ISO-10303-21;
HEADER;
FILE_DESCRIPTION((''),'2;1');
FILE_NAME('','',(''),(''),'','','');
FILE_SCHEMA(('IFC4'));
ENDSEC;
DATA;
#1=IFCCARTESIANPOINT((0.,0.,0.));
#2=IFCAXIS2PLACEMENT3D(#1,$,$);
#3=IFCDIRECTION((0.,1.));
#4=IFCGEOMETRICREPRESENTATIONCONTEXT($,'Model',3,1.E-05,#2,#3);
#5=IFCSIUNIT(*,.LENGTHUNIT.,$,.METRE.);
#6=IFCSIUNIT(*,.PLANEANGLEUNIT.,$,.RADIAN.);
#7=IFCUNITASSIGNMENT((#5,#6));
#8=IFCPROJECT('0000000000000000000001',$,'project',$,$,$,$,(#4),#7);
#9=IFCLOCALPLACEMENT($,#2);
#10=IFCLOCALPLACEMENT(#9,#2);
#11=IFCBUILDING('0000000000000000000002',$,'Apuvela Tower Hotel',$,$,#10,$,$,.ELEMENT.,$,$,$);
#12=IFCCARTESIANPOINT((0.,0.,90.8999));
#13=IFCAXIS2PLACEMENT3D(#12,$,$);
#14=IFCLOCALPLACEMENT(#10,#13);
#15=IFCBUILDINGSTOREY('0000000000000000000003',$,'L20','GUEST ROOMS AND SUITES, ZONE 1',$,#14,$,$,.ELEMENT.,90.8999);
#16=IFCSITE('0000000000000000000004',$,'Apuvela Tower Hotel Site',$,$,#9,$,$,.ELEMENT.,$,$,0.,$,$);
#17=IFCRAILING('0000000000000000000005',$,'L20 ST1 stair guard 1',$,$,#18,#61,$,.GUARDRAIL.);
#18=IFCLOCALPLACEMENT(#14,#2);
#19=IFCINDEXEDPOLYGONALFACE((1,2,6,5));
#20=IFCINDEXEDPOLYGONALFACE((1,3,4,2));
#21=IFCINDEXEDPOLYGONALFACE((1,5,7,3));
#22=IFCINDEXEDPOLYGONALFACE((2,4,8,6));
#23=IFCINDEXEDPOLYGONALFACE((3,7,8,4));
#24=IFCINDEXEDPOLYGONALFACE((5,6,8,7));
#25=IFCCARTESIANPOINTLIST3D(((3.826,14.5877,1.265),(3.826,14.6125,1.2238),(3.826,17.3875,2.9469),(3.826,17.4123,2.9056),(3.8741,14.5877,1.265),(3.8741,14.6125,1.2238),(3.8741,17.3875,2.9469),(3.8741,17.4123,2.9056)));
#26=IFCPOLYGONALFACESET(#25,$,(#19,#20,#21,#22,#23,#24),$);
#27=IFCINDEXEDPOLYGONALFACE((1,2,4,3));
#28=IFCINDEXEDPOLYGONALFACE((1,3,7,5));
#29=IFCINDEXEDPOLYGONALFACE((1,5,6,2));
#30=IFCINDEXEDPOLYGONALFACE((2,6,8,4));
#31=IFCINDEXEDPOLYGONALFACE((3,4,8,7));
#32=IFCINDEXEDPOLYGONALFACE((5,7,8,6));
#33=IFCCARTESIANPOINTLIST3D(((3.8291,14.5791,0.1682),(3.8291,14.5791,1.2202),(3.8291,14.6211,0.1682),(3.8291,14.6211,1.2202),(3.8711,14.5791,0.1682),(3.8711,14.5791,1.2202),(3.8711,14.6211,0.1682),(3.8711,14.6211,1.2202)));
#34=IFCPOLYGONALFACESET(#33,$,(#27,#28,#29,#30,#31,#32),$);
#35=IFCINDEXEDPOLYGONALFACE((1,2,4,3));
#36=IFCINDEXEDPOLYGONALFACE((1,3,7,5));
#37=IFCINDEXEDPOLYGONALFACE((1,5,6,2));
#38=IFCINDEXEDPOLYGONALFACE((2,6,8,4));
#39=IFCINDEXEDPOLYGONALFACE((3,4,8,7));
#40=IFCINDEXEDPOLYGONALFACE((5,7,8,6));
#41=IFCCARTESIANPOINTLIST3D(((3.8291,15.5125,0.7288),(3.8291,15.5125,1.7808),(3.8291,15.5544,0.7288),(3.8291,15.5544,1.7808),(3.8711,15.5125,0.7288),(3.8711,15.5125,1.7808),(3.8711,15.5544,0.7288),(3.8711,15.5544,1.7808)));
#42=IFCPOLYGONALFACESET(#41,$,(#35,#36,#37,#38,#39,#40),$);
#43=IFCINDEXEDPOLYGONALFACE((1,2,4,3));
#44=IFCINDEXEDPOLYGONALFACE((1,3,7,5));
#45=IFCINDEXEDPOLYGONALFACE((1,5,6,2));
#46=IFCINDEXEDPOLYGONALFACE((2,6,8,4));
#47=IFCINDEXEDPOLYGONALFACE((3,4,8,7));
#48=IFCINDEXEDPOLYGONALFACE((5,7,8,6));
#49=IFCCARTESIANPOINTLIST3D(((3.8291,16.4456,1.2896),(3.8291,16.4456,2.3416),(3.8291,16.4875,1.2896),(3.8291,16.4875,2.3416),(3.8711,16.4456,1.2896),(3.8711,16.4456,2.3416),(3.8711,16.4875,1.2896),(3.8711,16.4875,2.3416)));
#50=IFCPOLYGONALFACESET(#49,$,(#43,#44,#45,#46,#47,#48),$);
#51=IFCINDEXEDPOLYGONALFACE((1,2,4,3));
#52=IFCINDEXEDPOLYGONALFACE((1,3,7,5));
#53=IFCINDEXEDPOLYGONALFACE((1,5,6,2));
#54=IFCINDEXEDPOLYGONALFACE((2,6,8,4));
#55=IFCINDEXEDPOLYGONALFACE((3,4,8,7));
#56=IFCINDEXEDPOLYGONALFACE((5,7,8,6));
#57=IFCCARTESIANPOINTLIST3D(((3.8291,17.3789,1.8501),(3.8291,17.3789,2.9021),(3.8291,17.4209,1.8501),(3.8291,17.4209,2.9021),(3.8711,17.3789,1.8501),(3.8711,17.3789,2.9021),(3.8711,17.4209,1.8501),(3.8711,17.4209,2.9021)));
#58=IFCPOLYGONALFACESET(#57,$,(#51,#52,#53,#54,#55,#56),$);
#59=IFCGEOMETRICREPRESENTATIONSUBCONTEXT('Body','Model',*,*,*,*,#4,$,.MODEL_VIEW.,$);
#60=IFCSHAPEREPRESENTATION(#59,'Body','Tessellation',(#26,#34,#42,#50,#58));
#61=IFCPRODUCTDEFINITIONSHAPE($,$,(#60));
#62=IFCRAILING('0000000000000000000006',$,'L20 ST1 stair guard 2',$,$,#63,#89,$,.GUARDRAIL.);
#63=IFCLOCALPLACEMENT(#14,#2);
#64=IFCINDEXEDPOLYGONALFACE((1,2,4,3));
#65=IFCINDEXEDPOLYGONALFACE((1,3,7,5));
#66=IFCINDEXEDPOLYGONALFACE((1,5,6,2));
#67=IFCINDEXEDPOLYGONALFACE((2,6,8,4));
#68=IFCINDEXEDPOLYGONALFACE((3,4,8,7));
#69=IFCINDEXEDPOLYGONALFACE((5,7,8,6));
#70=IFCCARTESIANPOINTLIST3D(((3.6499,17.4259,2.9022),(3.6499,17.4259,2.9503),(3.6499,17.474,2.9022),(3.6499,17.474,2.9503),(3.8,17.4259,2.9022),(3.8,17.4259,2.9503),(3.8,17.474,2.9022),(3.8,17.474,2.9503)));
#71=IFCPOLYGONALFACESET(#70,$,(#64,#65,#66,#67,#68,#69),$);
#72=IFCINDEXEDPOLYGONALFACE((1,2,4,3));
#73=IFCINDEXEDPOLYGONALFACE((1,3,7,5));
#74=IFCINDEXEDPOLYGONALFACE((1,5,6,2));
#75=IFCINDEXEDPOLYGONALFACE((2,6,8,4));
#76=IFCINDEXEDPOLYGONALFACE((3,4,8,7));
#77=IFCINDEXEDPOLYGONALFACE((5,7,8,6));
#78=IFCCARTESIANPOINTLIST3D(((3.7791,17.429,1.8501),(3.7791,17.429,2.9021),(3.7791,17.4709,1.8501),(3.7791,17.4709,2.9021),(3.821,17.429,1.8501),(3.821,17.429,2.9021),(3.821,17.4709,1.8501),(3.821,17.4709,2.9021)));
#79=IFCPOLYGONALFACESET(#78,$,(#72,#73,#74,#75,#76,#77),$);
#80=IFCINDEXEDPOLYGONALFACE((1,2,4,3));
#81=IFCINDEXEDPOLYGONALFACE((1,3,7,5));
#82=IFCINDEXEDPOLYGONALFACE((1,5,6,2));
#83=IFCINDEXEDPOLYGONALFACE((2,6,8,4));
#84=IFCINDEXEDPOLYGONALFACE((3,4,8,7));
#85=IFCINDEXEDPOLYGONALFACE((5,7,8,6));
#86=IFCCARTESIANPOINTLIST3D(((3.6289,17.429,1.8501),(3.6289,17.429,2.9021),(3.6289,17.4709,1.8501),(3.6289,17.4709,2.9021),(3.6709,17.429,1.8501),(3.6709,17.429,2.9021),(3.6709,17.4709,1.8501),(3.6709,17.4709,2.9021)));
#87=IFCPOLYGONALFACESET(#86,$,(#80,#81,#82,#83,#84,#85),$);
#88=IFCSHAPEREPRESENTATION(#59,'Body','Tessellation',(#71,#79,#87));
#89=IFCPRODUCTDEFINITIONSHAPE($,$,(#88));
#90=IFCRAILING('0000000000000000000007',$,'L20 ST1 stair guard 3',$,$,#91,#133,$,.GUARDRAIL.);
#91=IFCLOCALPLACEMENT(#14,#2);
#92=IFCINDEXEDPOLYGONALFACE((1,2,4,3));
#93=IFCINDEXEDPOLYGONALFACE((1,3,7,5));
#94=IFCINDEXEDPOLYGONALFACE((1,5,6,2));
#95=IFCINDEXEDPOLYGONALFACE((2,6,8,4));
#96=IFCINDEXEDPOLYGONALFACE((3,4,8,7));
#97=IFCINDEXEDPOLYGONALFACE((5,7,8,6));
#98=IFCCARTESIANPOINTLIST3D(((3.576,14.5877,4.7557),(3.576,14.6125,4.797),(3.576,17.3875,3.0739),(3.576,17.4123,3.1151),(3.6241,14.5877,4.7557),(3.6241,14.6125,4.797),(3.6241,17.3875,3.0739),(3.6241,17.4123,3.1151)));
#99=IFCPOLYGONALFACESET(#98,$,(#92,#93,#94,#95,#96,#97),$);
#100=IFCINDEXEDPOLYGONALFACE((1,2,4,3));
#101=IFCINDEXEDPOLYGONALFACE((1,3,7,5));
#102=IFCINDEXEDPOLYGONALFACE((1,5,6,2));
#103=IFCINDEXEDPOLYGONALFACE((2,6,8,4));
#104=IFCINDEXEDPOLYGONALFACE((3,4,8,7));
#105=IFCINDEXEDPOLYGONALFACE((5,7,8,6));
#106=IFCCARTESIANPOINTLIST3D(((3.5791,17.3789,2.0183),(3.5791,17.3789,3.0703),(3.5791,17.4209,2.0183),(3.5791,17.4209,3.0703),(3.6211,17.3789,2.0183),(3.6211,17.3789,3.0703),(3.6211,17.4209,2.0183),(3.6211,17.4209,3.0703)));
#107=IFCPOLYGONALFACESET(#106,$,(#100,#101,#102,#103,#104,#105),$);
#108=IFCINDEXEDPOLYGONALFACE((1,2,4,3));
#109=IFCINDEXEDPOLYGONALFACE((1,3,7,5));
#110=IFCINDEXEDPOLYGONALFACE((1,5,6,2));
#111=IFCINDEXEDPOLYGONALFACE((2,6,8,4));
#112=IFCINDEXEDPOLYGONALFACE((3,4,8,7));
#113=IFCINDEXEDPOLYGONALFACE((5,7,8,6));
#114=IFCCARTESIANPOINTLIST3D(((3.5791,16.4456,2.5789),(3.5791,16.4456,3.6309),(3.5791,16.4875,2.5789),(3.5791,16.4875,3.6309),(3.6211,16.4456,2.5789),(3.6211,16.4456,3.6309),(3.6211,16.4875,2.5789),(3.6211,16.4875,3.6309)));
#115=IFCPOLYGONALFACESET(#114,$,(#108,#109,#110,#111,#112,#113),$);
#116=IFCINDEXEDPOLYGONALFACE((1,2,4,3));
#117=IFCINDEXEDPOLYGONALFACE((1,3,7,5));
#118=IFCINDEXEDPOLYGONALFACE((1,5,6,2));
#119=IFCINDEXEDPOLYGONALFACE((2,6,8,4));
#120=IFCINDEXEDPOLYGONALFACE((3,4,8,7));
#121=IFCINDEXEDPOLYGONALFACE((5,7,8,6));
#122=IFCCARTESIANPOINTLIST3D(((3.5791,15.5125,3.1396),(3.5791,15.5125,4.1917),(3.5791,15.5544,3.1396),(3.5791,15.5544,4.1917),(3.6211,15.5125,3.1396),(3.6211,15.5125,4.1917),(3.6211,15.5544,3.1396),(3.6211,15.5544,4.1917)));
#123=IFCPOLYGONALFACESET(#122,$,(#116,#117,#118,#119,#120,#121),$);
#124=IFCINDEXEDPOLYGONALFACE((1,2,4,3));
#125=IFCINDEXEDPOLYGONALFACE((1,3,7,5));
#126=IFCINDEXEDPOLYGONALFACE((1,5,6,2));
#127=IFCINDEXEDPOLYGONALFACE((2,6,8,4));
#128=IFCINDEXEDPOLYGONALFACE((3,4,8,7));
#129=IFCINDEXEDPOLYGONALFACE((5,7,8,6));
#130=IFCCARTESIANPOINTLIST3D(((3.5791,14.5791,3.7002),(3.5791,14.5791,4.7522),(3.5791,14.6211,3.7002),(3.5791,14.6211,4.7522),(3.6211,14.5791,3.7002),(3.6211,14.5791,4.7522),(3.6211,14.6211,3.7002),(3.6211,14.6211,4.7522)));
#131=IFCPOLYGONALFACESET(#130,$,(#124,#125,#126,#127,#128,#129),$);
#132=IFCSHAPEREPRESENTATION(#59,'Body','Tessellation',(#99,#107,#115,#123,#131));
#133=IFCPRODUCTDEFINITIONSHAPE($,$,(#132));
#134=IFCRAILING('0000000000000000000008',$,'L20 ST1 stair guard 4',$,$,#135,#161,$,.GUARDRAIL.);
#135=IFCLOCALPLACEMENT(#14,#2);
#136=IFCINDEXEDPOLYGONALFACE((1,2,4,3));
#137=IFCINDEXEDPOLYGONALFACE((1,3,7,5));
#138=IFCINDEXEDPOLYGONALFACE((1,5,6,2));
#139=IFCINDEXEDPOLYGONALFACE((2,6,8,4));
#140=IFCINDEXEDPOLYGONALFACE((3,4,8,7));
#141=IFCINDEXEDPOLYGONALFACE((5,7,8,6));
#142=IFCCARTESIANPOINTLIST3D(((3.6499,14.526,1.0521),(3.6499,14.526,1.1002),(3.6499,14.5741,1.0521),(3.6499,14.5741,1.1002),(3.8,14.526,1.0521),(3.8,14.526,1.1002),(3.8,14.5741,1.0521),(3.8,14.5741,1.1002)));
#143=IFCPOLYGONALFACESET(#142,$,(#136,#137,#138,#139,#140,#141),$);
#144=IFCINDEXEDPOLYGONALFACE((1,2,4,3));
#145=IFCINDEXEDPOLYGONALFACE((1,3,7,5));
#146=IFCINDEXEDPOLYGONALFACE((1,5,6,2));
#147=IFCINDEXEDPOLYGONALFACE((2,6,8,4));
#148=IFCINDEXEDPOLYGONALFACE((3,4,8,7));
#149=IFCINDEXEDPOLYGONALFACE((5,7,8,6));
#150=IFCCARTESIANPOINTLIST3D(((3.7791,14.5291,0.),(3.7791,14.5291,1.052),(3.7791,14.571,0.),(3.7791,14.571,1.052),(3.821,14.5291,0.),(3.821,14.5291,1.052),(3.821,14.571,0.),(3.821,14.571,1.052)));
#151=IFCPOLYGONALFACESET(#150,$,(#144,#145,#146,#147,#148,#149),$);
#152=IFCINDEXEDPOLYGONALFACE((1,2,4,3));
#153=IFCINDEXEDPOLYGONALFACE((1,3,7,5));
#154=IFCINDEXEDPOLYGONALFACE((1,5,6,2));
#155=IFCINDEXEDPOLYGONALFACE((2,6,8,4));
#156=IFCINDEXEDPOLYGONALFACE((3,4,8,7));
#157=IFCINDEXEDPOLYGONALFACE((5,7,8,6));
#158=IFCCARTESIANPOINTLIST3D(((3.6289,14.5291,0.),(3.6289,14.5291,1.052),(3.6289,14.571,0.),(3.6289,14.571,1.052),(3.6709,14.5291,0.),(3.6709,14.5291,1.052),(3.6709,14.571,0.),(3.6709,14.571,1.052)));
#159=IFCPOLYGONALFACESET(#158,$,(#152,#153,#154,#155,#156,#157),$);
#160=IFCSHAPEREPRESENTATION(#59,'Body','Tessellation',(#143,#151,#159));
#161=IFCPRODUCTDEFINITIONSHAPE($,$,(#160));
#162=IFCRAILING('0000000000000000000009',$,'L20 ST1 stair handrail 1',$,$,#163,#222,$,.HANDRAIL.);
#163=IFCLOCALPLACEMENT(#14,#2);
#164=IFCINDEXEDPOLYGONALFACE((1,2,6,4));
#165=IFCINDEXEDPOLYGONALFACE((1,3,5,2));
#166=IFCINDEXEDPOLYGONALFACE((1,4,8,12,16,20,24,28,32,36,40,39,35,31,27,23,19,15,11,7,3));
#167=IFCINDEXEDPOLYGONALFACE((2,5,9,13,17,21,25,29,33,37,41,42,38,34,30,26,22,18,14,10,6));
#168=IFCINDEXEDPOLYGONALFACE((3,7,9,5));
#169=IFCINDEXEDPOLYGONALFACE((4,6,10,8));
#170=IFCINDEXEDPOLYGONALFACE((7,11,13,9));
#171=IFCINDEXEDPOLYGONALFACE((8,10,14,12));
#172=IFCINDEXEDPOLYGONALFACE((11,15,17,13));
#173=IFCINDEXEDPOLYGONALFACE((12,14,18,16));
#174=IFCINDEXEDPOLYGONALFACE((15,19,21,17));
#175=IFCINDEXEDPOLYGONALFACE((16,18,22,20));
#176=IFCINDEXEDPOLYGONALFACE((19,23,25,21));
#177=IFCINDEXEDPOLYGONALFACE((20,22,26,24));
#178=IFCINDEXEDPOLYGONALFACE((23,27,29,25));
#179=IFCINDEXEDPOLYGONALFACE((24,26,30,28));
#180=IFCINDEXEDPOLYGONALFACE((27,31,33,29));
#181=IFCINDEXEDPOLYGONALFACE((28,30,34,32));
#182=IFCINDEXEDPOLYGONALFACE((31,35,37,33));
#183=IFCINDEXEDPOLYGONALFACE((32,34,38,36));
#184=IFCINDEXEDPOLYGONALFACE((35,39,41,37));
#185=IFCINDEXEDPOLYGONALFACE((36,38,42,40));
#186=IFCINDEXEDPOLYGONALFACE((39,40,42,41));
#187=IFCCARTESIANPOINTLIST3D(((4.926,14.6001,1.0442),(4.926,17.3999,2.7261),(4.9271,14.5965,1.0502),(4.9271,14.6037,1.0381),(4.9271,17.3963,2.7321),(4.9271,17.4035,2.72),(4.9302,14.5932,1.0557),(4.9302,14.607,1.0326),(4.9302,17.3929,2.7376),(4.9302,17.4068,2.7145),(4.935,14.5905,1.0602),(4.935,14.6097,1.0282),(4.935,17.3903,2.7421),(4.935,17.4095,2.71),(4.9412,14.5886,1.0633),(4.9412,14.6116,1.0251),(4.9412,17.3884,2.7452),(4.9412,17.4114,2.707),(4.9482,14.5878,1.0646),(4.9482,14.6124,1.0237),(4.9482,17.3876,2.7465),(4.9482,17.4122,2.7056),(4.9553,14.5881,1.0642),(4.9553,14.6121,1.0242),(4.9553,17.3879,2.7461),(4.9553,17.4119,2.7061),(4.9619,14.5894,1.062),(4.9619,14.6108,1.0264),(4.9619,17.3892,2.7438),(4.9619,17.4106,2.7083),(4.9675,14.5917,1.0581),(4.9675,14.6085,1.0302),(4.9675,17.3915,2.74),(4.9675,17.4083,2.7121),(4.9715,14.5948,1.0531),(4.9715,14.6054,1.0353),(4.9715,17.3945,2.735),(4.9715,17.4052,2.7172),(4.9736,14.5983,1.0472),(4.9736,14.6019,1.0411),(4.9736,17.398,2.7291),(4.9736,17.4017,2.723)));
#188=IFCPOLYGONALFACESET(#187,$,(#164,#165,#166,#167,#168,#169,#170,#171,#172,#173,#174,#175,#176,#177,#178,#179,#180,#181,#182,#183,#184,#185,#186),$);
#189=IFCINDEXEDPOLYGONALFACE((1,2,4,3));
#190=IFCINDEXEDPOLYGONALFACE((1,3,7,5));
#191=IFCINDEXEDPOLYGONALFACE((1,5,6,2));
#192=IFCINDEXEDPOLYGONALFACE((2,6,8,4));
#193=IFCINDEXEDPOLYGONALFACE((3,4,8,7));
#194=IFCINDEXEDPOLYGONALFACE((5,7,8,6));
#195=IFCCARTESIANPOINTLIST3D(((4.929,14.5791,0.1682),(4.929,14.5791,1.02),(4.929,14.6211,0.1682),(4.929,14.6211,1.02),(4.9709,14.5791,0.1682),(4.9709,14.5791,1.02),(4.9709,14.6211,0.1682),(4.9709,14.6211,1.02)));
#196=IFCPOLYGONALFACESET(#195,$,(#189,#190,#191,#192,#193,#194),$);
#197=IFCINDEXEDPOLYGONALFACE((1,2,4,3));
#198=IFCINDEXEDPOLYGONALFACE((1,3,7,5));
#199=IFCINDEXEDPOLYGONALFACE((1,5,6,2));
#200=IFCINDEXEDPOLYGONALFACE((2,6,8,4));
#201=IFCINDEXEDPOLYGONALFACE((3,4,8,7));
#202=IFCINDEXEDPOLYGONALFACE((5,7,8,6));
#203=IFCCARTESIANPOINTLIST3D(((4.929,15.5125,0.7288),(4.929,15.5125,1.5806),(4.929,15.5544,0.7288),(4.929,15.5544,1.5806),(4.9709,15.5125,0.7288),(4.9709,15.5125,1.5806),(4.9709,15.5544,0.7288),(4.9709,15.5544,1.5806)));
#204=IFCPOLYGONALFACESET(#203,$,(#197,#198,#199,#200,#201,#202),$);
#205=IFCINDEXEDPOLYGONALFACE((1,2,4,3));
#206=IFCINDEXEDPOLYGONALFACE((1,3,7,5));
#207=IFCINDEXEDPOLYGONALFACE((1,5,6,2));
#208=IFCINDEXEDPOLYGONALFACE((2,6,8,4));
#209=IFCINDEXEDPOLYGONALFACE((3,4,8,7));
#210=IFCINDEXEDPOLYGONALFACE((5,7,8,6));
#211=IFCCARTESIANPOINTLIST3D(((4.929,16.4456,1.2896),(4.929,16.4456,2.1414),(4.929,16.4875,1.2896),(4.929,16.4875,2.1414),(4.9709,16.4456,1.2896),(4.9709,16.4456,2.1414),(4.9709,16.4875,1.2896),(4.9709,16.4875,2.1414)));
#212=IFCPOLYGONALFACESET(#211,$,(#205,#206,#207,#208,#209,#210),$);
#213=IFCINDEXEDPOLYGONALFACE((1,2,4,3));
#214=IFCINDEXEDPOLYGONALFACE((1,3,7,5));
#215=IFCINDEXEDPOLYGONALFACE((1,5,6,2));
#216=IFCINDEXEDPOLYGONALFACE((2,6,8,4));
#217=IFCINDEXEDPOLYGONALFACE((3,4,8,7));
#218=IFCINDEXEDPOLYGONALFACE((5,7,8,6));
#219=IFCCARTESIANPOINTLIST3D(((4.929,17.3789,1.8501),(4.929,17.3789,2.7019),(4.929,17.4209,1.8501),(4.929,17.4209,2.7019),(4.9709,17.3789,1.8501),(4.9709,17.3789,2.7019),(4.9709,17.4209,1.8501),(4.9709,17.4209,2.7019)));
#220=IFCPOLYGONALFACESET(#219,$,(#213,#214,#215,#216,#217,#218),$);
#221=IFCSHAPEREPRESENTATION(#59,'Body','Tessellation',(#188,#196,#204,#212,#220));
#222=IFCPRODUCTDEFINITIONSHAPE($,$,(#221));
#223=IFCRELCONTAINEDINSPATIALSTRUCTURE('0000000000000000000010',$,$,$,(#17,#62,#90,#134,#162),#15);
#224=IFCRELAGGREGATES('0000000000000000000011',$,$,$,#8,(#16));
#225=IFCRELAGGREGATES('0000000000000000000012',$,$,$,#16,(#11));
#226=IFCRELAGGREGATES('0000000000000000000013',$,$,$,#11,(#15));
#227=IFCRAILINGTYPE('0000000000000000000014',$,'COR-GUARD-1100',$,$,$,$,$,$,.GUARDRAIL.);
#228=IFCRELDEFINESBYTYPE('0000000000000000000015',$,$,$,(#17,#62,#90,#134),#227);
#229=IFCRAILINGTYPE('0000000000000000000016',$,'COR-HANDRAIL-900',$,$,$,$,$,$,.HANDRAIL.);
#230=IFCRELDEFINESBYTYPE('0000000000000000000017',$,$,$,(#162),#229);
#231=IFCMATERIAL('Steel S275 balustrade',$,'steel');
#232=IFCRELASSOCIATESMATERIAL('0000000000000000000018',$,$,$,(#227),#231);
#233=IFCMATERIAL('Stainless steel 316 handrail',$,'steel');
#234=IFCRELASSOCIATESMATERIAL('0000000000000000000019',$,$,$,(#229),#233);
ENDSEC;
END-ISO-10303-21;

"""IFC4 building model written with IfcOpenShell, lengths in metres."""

from ifc_helpers import new_model, si_unit, direction, frame, origin, origin_2d, place, context, subcontext, project, spatial, rectangle, circle, extrude, material, type_object, element, save


model = new_model("IFC4")

# Units and contexts
model_context = context("Model", 3, precision=1e-05, world=origin(), true_north=direction((0.0, 1.0)))
body_context = subcontext(model_context, "Body", "Model", "MODEL_VIEW")
ifc_project = project(units=[si_unit("LENGTHUNIT", "METRE"), si_unit("PLANEANGLEUNIT", "RADIAN")], contexts=[model_context])

# Site, building, storey
site_placement = place(None, origin())
site = spatial("IfcSite", under=ifc_project, at=site_placement, Name="Apuvela Tower Hotel Site", CompositionType="ELEMENT", RefElevation=0.0)
building_placement = place(site_placement, origin())
building = spatial("IfcBuilding", under=site, at=building_placement, Name="Apuvela Tower Hotel", CompositionType="ELEMENT")
storey_placement = place(building_placement, frame((0.0, 0.0, 90.8999)))
storey = spatial("IfcBuildingStorey", under=building, at=storey_placement, Name="L20", Description="GUEST ROOMS AND SUITES, ZONE 1", CompositionType="ELEMENT", Elevation=90.8999)

# Railings
ifc_material_1 = material(Name="Steel S275 balustrade", Category="steel")
railing_type_1 = type_object("IfcRailingType", Name="COR-GUARD-1100", PredefinedType="GUARDRAIL", material=ifc_material_1)
railing_1_placement = place(storey_placement, frame((3.8501, 14.6001, 0.1682)))
element("IfcRailing", 1, at=railing_1_placement, inside=storey, type_object=railing_type_1, Name="L20 ST1 stair guard 1", PredefinedType="GUARDRAIL", context=body_context, shape_type="SweptSolid", body=[
    extrude(rectangle(XDim=0.0481, YDim=0.0481, at=origin_2d()), frame((0.0, 0.0, 1.0762), z_axis=(0.0, 0.857222, 0.514946), x_axis=(-1.0, 0.0, 0.0)), (0.0, 0.0, 1.0), 3.2661),
    extrude(rectangle(XDim=0.042, YDim=0.042, at=origin_2d()), origin(), (0.0, 0.0, 1.0), 1.052),
    extrude(rectangle(XDim=0.042, YDim=0.042, at=origin_2d()), frame((0.0, 0.9333, 0.5605)), (0.0, 0.0, 1.0), 1.052),
    extrude(rectangle(XDim=0.042, YDim=0.042, at=origin_2d()), frame((0.0, 1.8665, 1.1213)), (0.0, 0.0, 1.0), 1.052),
    extrude(rectangle(XDim=0.042, YDim=0.042, at=origin_2d()), frame((0.0, 2.7998, 1.6819)), (0.0, 0.0, 1.0), 1.052),
])
railing_2_placement = place(storey_placement, frame((3.8, 17.45, 1.8501)))
element("IfcRailing", 2, at=railing_2_placement, inside=storey, type_object=railing_type_1, Name="L20 ST1 stair guard 2", PredefinedType="GUARDRAIL", context=body_context, shape_type="SweptSolid", body=[
    extrude(rectangle(XDim=0.0481, YDim=0.0481, at=origin_2d()), frame((0.0, 0.0, 1.0762), z_axis=(-1.0, 0.0, 0.0), x_axis=(0.0, -1.0, 0.0)), (0.0, 0.0, 1.0), 0.1501),
    extrude(rectangle(XDim=0.042, YDim=0.042, at=origin_2d()), origin(), (0.0, 0.0, 1.0), 1.052),
    extrude(rectangle(XDim=0.042, YDim=0.042, at=origin_2d()), frame((-0.1501, 0.0, 0.0)), (0.0, 0.0, 1.0), 1.052),
])
railing_3_placement = place(storey_placement, frame((3.6001, 17.3999, 2.0183)))
element("IfcRailing", 3, at=railing_3_placement, inside=storey, type_object=railing_type_1, Name="L20 ST1 stair guard 3", PredefinedType="GUARDRAIL", context=body_context, shape_type="SweptSolid", body=[
    extrude(rectangle(XDim=0.0481, YDim=0.0481, at=origin_2d()), frame((0.0, 0.0, 1.0762), z_axis=(0.0, -0.857222, 0.514946), x_axis=(1.0, 0.0, 0.0)), (0.0, 0.0, 1.0), 3.2661),
    extrude(rectangle(XDim=0.042, YDim=0.042, at=origin_2d()), origin(), (0.0, 0.0, 1.0), 1.052),
    extrude(rectangle(XDim=0.042, YDim=0.042, at=origin_2d()), frame((0.0, -0.9333, 0.5605)), (0.0, 0.0, 1.0), 1.052),
    extrude(rectangle(XDim=0.042, YDim=0.042, at=origin_2d()), frame((0.0, -1.8665, 1.1213)), (0.0, 0.0, 1.0), 1.052),
    extrude(rectangle(XDim=0.042, YDim=0.042, at=origin_2d()), frame((0.0, -2.7998, 1.6819)), (0.0, 0.0, 1.0), 1.052),
])
railing_4_placement = place(storey_placement, frame((3.8, 14.55, 0.0)))
element("IfcRailing", 4, at=railing_4_placement, inside=storey, type_object=railing_type_1, Name="L20 ST1 stair guard 4", PredefinedType="GUARDRAIL", context=body_context, shape_type="SweptSolid", body=[
    extrude(rectangle(XDim=0.0481, YDim=0.0481, at=origin_2d()), frame((0.0, 0.0, 1.0762), z_axis=(-1.0, 0.0, 0.0), x_axis=(0.0, -1.0, 0.0)), (0.0, 0.0, 1.0), 0.1501),
    extrude(rectangle(XDim=0.042, YDim=0.042, at=origin_2d()), origin(), (0.0, 0.0, 1.0), 1.052),
    extrude(rectangle(XDim=0.042, YDim=0.042, at=origin_2d()), frame((-0.1501, 0.0, 0.0)), (0.0, 0.0, 1.0), 1.052),
])
ifc_material_2 = material(Name="Stainless steel 316 handrail", Category="steel")
railing_type_2 = type_object("IfcRailingType", Name="COR-HANDRAIL-900", PredefinedType="HANDRAIL", material=ifc_material_2)
railing_5_placement = place(storey_placement, frame((4.95, 14.6001, 0.1682)))
element("IfcRailing", 5, at=railing_5_placement, inside=storey, type_object=railing_type_2, Name="L20 ST1 stair handrail 1", PredefinedType="HANDRAIL", context=body_context, shape_type="SweptSolid", body=[
    extrude(circle(Radius=0.0239, at=origin_2d()), frame((0.0, 0.0, 0.876), z_axis=(0.0, 0.857222, 0.514946), x_axis=(-1.0, 0.0, 0.0)), (0.0, 0.0, 1.0), 3.2661),
    extrude(rectangle(XDim=0.042, YDim=0.042, at=origin_2d()), origin(), (0.0, 0.0, 1.0), 0.8518),
    extrude(rectangle(XDim=0.042, YDim=0.042, at=origin_2d()), frame((0.0, 0.9333, 0.5605)), (0.0, 0.0, 1.0), 0.8518),
    extrude(rectangle(XDim=0.042, YDim=0.042, at=origin_2d()), frame((0.0, 1.8665, 1.1213)), (0.0, 0.0, 1.0), 0.8518),
    extrude(rectangle(XDim=0.042, YDim=0.042, at=origin_2d()), frame((0.0, 2.7998, 1.6819)), (0.0, 0.0, 1.0), 0.8518),
])

save(model, "model.ifc")
